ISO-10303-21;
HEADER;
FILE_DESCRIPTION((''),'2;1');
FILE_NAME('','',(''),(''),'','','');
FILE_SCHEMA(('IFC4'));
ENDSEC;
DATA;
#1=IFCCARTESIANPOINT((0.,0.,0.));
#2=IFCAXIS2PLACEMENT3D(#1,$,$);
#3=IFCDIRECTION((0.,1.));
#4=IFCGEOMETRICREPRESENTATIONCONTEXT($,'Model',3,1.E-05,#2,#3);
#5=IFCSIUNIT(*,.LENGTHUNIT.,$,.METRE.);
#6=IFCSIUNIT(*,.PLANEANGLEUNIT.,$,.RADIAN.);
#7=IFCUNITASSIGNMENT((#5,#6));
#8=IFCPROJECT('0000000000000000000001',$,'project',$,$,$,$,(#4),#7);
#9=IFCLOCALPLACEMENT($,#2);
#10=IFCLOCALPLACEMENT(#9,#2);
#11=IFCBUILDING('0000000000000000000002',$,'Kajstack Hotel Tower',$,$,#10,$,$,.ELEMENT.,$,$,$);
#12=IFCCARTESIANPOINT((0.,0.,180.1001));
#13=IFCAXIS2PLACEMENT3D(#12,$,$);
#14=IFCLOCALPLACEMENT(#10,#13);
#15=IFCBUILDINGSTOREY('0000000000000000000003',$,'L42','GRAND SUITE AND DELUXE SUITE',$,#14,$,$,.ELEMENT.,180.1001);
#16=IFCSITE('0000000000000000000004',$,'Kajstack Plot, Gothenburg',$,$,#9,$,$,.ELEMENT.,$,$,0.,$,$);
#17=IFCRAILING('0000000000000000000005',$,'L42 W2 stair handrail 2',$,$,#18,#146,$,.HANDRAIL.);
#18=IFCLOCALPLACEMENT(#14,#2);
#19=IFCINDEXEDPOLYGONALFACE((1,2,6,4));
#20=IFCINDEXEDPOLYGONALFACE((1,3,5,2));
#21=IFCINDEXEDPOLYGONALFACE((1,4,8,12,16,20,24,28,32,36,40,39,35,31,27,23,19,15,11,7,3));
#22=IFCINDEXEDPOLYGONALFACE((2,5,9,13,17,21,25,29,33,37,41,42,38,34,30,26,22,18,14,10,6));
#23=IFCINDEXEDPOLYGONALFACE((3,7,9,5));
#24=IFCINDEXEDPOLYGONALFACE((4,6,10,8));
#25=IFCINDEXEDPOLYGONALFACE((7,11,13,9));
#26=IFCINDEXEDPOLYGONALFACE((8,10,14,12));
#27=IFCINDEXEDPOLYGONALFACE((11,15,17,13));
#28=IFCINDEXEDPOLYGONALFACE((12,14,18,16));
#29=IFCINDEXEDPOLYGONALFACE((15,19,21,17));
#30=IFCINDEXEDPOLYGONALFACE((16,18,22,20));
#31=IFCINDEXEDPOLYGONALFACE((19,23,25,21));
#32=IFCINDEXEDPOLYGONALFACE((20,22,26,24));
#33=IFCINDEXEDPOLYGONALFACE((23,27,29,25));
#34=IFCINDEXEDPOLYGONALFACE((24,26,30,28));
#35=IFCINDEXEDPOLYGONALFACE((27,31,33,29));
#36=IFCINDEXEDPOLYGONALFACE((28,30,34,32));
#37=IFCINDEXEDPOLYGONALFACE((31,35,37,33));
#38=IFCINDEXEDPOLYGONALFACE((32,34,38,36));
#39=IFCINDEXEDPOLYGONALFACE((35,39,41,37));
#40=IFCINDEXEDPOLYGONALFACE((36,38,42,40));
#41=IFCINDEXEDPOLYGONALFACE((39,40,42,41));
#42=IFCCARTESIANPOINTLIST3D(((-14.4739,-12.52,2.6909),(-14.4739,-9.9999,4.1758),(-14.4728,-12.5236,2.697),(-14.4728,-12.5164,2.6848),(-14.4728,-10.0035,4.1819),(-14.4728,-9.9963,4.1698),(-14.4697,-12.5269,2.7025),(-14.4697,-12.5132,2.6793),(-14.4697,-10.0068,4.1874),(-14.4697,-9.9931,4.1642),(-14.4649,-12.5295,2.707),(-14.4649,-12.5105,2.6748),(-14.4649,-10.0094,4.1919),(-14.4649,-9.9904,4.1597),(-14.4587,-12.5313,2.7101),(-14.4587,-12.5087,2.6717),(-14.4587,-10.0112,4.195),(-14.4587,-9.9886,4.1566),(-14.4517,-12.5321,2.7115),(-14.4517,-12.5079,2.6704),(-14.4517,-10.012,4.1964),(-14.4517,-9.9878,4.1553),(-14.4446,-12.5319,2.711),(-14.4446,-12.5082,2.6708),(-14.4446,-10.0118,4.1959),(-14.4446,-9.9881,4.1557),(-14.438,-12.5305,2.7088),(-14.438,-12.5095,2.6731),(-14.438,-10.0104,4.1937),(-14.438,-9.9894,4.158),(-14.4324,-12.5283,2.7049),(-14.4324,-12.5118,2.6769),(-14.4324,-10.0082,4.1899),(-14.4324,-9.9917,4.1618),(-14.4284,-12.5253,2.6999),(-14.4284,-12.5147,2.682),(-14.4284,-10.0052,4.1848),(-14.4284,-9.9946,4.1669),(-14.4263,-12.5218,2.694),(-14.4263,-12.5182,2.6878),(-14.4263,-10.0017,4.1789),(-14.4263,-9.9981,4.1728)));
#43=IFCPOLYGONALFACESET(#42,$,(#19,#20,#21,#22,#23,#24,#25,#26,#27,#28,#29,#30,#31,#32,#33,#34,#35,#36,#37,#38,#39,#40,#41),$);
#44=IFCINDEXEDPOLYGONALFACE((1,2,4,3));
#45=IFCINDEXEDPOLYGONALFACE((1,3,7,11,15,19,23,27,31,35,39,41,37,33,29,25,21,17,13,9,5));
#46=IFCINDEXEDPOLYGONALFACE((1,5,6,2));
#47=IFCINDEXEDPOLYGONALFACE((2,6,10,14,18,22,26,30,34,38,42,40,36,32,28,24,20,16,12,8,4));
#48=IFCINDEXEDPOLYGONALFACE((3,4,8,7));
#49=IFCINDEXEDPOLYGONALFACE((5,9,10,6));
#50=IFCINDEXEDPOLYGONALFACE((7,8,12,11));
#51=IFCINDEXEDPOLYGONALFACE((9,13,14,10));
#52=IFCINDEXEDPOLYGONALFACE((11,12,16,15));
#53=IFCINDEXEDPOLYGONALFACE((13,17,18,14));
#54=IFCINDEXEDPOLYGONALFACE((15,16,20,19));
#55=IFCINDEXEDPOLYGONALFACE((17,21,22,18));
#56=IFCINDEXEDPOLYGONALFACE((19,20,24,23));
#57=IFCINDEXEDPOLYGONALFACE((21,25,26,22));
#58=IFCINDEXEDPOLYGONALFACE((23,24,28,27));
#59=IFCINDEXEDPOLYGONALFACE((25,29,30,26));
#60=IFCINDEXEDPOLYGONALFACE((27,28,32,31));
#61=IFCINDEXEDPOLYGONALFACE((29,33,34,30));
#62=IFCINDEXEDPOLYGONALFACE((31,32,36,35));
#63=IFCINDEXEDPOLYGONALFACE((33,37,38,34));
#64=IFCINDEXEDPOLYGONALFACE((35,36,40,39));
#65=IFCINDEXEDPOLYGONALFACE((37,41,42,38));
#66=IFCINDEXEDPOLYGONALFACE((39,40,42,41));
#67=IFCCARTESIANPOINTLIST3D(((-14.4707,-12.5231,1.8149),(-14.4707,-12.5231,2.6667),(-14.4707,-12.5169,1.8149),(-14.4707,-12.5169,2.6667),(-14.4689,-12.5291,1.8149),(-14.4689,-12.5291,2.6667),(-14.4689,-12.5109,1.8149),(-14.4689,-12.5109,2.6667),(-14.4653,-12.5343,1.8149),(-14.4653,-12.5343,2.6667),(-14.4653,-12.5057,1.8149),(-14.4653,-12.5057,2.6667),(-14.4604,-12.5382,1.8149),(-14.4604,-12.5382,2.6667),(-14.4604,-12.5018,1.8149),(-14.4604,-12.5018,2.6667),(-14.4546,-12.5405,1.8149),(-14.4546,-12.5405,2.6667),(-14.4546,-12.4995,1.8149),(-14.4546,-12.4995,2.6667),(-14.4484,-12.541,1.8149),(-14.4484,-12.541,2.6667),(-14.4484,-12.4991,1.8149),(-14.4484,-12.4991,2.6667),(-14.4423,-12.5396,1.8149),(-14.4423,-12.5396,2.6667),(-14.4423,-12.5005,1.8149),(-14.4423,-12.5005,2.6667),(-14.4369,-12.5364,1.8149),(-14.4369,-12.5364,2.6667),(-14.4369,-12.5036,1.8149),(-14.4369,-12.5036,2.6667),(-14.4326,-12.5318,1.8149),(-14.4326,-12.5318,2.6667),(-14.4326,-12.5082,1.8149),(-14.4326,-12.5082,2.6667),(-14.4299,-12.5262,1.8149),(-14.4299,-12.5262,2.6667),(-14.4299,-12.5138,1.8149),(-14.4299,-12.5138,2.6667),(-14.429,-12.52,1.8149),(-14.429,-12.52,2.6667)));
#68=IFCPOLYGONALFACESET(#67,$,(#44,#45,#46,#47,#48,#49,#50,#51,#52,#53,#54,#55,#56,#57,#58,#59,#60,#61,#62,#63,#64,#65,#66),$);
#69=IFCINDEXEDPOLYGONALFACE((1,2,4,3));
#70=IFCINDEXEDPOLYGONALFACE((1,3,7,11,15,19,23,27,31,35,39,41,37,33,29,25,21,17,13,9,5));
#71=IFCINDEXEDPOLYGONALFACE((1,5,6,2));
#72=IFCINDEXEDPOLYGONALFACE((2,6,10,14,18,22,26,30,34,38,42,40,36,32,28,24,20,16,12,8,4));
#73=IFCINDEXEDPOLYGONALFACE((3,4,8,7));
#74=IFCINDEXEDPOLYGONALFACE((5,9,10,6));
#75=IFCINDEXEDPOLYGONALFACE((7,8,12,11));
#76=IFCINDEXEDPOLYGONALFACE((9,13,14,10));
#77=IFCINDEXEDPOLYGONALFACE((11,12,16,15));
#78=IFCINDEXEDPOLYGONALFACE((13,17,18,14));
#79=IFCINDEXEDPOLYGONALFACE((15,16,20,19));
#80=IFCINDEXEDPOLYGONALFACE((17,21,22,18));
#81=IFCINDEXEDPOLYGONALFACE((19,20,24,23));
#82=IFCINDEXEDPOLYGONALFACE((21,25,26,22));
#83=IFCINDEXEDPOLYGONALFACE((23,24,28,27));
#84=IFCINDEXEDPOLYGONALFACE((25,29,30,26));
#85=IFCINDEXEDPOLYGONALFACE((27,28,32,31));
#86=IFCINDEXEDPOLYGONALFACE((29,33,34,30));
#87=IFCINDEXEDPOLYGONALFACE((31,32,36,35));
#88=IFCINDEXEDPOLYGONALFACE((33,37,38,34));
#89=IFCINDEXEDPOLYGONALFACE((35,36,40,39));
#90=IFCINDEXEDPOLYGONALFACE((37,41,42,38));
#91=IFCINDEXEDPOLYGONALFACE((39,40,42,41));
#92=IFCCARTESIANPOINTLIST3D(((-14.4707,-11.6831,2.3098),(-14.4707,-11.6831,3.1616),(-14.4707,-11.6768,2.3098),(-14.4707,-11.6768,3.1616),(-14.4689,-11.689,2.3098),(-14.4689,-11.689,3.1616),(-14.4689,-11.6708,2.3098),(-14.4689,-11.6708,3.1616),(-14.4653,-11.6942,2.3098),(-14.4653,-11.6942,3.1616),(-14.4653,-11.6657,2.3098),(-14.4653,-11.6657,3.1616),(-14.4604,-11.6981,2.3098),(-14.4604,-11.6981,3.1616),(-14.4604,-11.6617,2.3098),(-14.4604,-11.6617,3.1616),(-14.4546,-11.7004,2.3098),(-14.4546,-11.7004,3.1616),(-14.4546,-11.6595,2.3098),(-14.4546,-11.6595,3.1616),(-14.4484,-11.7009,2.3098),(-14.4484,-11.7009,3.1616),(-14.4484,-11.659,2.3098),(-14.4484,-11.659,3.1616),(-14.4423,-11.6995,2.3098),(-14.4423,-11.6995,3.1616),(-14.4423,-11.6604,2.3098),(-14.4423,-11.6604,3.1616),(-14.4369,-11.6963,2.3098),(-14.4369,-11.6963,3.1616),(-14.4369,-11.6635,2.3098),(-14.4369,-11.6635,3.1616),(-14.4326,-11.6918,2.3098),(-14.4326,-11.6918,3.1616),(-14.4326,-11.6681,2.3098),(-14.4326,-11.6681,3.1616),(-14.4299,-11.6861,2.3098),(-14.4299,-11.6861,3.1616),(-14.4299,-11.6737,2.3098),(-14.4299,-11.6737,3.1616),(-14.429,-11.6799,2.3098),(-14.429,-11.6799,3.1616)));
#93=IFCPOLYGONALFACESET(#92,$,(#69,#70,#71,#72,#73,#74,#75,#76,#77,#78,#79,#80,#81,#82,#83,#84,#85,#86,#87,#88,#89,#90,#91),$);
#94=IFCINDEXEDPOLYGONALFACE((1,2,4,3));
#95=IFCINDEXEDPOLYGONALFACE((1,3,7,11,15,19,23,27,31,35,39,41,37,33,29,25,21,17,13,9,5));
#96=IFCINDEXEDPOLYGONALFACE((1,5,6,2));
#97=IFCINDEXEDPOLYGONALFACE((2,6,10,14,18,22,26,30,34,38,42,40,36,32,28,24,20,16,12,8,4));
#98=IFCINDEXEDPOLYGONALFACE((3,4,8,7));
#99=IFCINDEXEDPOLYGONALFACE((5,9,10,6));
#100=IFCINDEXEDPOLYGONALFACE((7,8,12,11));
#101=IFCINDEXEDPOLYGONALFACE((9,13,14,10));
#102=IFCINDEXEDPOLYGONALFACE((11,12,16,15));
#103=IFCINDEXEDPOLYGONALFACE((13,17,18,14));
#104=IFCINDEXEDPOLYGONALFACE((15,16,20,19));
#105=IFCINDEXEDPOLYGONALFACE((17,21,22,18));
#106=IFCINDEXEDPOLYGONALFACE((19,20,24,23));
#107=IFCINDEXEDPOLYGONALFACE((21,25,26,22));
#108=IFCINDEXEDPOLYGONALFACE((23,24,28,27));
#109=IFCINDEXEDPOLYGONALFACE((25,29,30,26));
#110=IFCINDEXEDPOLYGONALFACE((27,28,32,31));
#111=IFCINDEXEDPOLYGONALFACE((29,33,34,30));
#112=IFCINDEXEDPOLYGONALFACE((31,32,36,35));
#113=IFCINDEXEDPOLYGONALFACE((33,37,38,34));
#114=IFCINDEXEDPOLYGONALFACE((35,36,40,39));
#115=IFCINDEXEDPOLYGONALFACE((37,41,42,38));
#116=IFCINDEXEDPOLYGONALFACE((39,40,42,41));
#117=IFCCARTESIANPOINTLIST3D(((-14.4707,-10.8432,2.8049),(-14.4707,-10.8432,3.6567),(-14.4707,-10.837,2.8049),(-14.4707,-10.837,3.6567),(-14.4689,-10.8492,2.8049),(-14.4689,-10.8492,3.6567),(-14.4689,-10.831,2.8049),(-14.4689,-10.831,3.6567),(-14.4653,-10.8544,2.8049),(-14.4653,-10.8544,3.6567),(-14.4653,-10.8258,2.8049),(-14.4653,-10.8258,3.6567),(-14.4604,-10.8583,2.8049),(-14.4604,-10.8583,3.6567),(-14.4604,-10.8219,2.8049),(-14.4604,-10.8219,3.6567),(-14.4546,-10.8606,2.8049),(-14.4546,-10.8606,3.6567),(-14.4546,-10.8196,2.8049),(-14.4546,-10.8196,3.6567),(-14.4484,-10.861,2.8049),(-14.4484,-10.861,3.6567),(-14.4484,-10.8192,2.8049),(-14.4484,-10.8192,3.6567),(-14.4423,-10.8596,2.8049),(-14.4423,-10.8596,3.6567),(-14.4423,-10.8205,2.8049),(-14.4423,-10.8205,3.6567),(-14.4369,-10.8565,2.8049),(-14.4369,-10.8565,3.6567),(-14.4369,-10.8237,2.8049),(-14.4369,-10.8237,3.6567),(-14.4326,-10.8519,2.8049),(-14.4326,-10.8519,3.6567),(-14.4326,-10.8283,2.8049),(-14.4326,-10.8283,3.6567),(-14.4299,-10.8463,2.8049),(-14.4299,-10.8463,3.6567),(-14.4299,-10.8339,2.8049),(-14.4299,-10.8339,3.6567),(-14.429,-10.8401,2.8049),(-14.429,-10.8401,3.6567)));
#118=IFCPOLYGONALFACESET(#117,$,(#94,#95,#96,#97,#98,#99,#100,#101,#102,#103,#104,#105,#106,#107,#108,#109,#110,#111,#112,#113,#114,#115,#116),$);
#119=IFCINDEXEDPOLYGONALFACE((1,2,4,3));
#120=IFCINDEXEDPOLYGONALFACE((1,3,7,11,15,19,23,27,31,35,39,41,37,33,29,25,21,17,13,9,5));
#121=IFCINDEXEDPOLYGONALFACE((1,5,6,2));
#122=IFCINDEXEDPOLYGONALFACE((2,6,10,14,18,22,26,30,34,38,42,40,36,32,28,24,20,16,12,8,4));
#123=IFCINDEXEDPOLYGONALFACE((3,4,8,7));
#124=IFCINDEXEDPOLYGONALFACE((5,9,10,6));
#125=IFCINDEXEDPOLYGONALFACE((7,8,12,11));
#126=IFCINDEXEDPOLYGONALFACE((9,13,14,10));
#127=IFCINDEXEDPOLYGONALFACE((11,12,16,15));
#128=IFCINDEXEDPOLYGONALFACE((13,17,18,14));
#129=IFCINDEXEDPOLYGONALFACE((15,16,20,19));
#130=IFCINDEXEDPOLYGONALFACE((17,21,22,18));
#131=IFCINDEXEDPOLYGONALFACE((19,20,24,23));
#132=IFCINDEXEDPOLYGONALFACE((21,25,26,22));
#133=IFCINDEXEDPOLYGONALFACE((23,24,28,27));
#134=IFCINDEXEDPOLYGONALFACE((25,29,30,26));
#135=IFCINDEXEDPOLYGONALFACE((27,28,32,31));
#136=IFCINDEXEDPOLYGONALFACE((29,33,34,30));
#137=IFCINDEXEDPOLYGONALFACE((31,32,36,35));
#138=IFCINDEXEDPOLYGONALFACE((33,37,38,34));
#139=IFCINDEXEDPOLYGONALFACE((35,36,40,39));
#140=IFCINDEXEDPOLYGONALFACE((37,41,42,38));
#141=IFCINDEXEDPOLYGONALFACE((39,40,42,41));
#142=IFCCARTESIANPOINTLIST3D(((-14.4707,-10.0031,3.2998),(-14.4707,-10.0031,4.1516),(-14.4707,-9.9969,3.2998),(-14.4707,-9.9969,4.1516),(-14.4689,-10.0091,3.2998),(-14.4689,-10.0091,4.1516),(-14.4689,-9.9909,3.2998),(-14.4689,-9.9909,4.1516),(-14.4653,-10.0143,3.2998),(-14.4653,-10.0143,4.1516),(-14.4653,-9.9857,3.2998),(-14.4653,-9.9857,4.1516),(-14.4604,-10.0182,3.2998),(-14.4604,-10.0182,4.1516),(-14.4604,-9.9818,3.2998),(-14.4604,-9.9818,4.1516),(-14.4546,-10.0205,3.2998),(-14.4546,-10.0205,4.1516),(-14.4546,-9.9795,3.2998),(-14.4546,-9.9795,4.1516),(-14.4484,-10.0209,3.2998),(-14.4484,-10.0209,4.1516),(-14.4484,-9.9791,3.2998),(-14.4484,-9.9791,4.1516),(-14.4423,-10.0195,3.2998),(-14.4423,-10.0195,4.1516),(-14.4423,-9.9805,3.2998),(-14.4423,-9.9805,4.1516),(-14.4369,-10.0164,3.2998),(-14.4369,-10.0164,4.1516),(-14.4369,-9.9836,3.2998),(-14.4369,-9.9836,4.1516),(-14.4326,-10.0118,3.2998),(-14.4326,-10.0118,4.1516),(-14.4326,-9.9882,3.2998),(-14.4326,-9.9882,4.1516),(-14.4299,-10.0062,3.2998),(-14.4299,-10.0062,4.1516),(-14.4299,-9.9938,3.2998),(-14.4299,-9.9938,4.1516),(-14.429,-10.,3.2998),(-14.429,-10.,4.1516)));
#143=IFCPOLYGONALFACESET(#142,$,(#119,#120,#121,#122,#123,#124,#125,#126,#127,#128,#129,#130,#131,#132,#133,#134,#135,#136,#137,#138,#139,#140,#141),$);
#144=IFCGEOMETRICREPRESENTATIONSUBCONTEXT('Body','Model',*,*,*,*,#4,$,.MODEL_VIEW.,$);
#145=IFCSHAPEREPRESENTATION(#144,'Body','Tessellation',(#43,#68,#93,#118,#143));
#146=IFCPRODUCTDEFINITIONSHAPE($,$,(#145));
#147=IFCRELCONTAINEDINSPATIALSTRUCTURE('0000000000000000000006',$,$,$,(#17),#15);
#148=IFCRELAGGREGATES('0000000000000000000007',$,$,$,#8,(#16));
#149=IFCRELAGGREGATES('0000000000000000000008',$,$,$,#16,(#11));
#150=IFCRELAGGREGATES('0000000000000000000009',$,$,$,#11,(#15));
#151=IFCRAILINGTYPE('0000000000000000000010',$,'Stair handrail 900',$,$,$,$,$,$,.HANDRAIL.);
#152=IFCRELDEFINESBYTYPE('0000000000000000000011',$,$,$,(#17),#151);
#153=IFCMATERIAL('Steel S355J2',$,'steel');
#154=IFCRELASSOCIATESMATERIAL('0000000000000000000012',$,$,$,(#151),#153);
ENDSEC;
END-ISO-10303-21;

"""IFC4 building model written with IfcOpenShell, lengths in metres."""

from ifc_helpers import new_model, si_unit, direction, frame, origin, origin_2d, place, context, subcontext, project, spatial, circle, extrude, material, type_object, element, save


model = new_model("IFC4")

# Units and contexts
model_context = context("Model", 3, precision=1e-05, world=origin(), true_north=direction((0.0, 1.0)))
body_context = subcontext(model_context, "Body", "Model", "MODEL_VIEW")
ifc_project = project(units=[si_unit("LENGTHUNIT", "METRE"), si_unit("PLANEANGLEUNIT", "RADIAN")], contexts=[model_context])

# Site, building, storey
site_placement = place(None, origin())
site = spatial("IfcSite", under=ifc_project, at=site_placement, Name="Kajstack Plot, Gothenburg", CompositionType="ELEMENT", RefElevation=0.0)
building_placement = place(site_placement, origin())
building = spatial("IfcBuilding", under=site, at=building_placement, Name="Kajstack Hotel Tower", CompositionType="ELEMENT")
storey_placement = place(building_placement, frame((0.0, 0.0, 180.1001)))
storey = spatial("IfcBuildingStorey", under=building, at=storey_placement, Name="L42", Description="GRAND SUITE AND DELUXE SUITE", CompositionType="ELEMENT", Elevation=180.1001)

# Railing
ifc_material_1 = material(Name="Steel S355J2", Category="steel")
railing_type = type_object("IfcRailingType", Name="Stair handrail 900", PredefinedType="HANDRAIL", material=ifc_material_1)
railing_placement = place(storey_placement, frame((-14.45, -12.52, 1.8149)))
element("IfcRailing", 1, at=railing_placement, inside=storey, type_object=railing_type, Name="L42 W2 stair handrail 2", PredefinedType="HANDRAIL", context=body_context, shape_type="SweptSolid", body=[
    extrude(circle(Radius=0.0239, at=origin_2d()), frame((0.0, 0.0, 0.876), z_axis=(0.0, 0.861561, 0.507655), x_axis=(-1.0, 0.0, 0.0)), (0.0, 0.0, 1.0), 2.925),
    extrude(circle(Radius=0.021, at=origin_2d()), origin(), (0.0, 0.0, 1.0), 0.8518),
    extrude(circle(Radius=0.021, at=origin_2d()), frame((0.0, 0.8401, 0.4949)), (0.0, 0.0, 1.0), 0.8518),
    extrude(circle(Radius=0.021, at=origin_2d()), frame((0.0, 1.6799, 0.99)), (0.0, 0.0, 1.0), 0.8518),
    extrude(circle(Radius=0.021, at=origin_2d()), frame((0.0, 2.52, 1.4849)), (0.0, 0.0, 1.0), 0.8518),
])

save(model, "model.ifc")
